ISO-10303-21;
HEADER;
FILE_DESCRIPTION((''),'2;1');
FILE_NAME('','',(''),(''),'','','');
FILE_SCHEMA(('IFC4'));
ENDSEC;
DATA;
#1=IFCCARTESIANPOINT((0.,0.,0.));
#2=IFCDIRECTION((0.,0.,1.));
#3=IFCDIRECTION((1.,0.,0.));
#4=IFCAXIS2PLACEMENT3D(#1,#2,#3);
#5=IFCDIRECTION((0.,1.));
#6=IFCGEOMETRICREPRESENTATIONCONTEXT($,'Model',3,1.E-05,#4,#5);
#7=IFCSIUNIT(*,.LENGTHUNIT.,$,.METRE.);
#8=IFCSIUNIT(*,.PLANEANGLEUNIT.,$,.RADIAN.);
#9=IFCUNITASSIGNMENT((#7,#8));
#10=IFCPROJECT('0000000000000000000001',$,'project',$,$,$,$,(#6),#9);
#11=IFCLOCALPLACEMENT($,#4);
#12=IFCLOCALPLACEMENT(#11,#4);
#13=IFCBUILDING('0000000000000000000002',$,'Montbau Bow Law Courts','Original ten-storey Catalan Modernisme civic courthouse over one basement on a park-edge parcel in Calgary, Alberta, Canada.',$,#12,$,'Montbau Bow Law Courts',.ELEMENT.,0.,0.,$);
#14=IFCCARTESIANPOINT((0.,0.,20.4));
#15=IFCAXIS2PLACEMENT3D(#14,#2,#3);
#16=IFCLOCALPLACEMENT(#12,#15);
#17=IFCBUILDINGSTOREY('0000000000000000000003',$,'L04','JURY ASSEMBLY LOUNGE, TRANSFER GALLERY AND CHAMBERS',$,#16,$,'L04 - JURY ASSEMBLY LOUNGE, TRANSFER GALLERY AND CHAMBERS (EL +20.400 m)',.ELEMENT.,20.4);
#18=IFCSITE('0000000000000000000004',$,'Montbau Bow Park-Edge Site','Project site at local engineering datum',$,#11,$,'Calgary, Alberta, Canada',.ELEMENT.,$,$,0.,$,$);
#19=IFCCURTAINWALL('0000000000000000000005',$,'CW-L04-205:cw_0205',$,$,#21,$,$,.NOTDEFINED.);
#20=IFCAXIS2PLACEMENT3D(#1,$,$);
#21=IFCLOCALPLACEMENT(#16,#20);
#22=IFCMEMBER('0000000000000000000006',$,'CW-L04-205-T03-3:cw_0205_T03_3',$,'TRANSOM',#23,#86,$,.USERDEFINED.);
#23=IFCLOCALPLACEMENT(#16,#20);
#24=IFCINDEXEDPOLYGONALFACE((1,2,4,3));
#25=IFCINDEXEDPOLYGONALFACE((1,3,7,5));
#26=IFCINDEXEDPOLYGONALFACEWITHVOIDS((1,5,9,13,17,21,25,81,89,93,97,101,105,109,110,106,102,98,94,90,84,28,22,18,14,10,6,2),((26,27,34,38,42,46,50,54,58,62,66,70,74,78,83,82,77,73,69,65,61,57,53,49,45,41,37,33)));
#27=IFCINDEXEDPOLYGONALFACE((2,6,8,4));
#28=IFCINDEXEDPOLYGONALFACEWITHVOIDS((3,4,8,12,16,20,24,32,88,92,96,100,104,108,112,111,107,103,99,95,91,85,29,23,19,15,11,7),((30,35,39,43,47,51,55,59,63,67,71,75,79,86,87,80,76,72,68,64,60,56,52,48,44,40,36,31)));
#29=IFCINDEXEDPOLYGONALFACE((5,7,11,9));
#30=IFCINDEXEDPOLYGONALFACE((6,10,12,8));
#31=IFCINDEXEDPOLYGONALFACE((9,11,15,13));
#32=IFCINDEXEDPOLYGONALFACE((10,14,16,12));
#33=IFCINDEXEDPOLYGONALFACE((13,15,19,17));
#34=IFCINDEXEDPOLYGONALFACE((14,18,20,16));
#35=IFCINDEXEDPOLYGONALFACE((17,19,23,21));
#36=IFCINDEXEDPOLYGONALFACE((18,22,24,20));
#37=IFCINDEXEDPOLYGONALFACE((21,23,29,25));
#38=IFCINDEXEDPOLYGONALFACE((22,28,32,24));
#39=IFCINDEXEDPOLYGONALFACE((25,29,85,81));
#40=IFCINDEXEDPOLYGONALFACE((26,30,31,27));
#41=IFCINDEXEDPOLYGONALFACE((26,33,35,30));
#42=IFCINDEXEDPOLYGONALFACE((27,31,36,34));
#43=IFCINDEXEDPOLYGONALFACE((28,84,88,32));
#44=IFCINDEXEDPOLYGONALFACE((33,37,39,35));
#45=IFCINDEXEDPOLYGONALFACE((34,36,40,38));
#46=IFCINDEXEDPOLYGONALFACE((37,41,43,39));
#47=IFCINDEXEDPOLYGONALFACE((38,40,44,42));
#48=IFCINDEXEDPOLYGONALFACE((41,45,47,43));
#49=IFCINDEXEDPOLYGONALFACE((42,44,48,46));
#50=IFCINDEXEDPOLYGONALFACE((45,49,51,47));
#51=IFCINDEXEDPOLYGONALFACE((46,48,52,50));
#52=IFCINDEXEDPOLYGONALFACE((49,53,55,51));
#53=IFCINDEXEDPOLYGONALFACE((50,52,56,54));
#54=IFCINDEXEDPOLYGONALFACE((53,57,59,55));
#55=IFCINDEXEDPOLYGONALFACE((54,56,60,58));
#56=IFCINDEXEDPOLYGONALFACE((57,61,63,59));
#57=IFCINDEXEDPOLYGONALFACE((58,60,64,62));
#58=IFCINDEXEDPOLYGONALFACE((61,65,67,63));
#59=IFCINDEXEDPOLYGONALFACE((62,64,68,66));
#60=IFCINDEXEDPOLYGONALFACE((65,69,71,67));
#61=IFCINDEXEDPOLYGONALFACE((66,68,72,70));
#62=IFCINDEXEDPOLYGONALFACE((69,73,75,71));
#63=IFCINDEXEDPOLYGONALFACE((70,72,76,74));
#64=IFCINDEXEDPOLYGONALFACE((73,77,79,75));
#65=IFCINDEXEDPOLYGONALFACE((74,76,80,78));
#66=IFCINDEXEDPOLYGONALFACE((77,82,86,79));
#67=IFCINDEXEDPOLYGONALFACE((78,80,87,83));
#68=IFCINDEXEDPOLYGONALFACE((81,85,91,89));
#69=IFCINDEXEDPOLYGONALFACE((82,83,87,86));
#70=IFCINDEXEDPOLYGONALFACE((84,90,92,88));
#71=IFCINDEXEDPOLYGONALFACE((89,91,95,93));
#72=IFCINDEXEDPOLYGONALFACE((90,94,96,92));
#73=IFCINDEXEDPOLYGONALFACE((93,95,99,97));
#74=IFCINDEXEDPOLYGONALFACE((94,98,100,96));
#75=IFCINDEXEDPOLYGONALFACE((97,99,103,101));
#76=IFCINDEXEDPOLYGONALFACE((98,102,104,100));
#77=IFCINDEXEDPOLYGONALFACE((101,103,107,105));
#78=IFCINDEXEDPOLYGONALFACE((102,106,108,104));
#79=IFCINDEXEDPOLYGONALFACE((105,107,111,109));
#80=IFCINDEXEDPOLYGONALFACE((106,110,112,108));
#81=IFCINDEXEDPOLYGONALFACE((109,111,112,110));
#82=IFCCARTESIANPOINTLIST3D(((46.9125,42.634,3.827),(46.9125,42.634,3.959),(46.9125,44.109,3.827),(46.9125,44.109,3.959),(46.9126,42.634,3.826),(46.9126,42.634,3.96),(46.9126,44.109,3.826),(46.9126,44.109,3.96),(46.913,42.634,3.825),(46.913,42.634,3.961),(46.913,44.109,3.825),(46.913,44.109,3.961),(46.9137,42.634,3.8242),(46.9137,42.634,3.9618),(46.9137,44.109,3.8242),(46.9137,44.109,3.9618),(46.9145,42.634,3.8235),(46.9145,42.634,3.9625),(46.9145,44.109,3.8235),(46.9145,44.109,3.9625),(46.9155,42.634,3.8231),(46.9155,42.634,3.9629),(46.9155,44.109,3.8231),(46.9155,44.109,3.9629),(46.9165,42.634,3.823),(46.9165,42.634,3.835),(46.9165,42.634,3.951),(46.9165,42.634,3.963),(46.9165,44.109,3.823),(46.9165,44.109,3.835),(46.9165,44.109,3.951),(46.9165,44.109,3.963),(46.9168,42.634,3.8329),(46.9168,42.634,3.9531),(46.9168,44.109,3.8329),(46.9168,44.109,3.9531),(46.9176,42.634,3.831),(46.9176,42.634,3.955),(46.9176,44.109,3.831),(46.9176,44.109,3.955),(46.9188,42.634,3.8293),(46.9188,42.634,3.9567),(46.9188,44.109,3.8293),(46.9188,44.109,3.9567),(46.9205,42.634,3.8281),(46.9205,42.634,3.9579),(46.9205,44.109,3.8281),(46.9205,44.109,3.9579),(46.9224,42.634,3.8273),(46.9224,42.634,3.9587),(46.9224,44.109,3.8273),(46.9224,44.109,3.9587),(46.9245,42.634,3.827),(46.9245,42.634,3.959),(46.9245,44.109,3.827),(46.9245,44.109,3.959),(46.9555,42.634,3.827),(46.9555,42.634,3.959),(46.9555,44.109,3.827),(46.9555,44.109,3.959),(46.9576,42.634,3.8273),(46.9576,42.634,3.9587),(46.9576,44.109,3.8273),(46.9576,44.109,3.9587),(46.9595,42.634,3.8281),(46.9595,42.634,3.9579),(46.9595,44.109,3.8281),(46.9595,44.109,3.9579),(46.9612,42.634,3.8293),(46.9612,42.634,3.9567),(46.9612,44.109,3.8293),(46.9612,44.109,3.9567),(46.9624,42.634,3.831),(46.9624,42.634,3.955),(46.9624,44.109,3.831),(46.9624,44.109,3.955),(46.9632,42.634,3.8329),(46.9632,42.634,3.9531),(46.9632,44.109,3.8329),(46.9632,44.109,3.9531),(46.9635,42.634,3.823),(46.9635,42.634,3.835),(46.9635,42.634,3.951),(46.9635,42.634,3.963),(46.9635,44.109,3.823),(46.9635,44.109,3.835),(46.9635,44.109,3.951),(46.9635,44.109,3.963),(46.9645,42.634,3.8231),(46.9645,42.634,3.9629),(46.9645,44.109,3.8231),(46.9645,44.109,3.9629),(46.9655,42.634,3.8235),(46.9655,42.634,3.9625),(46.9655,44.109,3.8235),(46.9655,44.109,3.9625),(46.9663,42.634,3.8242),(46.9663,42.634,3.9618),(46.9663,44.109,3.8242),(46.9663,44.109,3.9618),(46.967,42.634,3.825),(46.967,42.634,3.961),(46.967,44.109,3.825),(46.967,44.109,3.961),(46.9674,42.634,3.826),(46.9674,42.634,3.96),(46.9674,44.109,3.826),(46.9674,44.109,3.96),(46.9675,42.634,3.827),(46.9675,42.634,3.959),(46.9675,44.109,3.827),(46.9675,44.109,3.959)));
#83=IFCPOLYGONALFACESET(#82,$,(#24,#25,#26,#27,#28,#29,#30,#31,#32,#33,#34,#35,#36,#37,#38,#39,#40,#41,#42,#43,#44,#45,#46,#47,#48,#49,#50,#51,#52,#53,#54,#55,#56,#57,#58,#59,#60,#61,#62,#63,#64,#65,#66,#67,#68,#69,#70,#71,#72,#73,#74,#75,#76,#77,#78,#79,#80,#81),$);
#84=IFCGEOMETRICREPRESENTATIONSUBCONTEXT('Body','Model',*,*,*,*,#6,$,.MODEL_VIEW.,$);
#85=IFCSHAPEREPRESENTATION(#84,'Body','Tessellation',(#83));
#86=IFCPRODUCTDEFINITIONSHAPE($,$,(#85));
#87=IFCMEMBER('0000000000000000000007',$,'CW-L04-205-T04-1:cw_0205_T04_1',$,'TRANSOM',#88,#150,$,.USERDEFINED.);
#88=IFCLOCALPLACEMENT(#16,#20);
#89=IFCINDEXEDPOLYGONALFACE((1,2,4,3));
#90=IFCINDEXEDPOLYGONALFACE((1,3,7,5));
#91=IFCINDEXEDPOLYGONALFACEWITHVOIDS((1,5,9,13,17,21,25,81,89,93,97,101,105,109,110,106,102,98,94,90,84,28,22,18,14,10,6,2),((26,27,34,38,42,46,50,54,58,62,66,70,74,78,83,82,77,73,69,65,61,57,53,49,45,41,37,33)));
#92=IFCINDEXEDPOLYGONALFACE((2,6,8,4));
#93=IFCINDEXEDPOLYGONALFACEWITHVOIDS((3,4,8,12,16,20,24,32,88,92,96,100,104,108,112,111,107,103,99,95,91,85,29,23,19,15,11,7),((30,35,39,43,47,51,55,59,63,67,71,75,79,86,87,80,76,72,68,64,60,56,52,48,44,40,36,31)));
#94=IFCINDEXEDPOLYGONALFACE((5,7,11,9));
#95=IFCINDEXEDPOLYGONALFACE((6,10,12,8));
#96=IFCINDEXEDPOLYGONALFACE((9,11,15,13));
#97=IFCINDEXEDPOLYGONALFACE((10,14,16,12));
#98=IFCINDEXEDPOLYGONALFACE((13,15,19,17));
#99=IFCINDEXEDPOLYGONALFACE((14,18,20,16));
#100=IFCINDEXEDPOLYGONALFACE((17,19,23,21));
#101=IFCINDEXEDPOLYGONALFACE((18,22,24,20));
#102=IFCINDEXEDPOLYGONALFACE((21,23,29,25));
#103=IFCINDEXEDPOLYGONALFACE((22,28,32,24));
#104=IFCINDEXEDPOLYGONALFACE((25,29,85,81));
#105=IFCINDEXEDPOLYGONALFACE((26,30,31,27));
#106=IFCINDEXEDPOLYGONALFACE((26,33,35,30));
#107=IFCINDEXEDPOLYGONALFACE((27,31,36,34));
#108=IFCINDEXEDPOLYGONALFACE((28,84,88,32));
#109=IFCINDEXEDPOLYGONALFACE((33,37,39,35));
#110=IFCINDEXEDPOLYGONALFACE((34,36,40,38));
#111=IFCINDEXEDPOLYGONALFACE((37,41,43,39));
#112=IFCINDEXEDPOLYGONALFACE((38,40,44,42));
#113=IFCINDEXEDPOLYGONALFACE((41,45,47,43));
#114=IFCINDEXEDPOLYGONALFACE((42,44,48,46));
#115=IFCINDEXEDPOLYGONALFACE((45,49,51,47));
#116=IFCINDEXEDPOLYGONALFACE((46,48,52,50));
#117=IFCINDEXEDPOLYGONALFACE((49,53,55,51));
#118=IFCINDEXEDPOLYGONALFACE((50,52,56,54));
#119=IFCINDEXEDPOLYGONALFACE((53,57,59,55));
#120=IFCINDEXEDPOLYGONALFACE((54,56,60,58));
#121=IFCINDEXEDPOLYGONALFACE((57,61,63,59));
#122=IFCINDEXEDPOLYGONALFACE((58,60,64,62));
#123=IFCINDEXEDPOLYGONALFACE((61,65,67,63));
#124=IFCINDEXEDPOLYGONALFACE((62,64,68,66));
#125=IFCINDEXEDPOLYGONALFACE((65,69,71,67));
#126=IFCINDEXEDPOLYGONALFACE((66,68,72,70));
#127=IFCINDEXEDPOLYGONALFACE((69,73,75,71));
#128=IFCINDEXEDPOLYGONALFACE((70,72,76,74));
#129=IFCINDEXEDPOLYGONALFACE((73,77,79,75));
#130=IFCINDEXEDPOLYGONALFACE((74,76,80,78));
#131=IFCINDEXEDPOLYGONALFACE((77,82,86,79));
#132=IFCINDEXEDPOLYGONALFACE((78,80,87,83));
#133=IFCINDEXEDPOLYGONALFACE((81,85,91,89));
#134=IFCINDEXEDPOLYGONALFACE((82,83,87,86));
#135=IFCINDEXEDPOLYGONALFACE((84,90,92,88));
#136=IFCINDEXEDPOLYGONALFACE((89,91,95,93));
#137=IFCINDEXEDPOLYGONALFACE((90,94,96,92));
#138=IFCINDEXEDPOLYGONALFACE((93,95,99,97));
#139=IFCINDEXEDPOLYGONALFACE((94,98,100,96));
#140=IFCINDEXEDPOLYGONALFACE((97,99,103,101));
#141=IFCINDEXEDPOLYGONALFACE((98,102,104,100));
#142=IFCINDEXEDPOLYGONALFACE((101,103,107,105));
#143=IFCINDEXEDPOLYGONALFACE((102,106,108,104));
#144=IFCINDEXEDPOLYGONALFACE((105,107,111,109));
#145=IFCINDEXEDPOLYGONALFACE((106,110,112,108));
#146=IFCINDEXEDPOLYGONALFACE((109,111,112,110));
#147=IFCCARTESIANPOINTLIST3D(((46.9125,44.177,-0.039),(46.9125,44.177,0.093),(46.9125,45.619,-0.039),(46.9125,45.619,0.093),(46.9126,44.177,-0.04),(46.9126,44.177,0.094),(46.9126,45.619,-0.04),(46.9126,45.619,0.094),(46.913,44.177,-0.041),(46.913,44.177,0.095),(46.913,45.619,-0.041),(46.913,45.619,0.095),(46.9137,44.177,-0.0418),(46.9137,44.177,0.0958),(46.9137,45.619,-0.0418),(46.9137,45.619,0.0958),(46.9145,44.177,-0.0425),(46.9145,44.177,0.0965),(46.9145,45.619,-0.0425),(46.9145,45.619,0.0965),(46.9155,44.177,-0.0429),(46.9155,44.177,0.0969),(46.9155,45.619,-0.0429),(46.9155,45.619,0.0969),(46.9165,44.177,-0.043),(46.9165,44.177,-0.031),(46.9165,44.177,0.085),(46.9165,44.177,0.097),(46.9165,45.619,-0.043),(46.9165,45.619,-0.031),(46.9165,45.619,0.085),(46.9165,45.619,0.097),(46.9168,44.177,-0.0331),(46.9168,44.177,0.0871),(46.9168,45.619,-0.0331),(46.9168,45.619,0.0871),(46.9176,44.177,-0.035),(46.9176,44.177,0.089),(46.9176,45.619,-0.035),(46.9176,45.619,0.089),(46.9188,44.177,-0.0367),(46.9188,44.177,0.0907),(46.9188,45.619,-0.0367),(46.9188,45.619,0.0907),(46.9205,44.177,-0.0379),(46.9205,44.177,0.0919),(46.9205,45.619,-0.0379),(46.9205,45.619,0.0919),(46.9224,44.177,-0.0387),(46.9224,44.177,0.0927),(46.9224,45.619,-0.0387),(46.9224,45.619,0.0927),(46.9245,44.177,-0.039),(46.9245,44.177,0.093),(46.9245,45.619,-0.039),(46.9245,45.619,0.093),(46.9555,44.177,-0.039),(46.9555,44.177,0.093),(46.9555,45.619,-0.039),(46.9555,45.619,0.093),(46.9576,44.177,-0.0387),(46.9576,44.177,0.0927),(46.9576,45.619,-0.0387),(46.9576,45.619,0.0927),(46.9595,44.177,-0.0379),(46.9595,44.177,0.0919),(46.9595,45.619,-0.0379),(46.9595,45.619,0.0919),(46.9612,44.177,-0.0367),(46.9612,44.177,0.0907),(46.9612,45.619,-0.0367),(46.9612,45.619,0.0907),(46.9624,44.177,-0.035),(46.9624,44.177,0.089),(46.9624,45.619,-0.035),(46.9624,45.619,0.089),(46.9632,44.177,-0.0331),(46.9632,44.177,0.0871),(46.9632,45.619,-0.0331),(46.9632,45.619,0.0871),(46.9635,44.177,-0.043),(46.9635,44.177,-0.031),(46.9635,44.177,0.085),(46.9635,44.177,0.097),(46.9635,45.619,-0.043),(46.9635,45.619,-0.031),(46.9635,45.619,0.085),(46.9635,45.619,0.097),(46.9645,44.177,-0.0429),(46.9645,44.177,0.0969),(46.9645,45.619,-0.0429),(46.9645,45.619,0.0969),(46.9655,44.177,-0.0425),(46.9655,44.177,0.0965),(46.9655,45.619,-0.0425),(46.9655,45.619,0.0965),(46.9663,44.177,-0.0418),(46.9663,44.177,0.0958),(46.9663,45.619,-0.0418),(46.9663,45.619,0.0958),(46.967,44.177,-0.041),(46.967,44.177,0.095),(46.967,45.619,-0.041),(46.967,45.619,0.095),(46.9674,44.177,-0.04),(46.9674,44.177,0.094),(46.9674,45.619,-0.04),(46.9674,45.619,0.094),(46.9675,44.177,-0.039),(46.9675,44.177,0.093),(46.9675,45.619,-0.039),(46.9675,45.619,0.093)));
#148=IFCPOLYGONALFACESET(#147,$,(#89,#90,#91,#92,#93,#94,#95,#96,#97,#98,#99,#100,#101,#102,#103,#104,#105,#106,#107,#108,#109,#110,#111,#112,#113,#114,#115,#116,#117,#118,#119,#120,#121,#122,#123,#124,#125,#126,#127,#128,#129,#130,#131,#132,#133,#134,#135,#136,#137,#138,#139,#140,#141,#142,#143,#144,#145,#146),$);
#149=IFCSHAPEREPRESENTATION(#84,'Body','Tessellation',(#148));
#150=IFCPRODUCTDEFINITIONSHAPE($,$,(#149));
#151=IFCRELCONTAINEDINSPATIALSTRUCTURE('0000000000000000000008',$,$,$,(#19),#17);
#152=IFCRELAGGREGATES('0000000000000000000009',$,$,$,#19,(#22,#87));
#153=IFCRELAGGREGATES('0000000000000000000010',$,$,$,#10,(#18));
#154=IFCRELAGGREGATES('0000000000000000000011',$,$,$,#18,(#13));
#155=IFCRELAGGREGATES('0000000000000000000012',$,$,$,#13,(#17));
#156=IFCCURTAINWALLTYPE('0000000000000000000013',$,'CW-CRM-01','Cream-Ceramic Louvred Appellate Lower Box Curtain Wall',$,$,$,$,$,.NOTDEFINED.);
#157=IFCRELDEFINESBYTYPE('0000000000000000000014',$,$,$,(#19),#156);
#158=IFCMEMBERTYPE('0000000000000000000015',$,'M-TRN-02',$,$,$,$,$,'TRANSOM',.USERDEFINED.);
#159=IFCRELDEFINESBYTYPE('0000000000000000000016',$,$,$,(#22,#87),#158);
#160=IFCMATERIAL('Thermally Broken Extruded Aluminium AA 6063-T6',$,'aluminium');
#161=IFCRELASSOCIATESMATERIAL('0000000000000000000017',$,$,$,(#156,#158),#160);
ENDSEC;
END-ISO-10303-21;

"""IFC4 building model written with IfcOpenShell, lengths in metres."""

from ifc_helpers import new_model, si_unit, direction, frame, origin_with_axes, origin_2d_with_axis, place, context, subcontext, project, spatial, hollow_rectangle, extrude, material, material_profile, profile_set, type_object, element, aggregate, save


model = new_model("IFC4")

# Units and contexts
model_context = context("Model", 3, precision=1e-05, world=origin_with_axes(), true_north=direction((0.0, 1.0)))
body_context = subcontext(model_context, "Body", "Model", "MODEL_VIEW")
ifc_project = project(units=[si_unit("LENGTHUNIT", "METRE"), si_unit("PLANEANGLEUNIT", "RADIAN")], contexts=[model_context])

# Site, building, storey
site_placement = place(None, origin_with_axes())
site = spatial("IfcSite", under=ifc_project, at=site_placement, Name="Montbau Bow Park-Edge Site", Description="Project site at local engineering datum", LongName="Calgary, Alberta, Canada", CompositionType="ELEMENT", RefElevation=0.0)
building_placement = place(site_placement, origin_with_axes())
building = spatial("IfcBuilding", under=site, at=building_placement, Name="Montbau Bow Law Courts", Description="Original ten-storey Catalan Modernisme civic courthouse over one basement on a park-edge parcel in Calgary, Alberta, Canada.", LongName="Montbau Bow Law Courts", CompositionType="ELEMENT", ElevationOfRefHeight=0.0, ElevationOfTerrain=0.0)
storey_placement = place(building_placement, frame((0.0, 0.0, 20.4), z_axis=(0.0, 0.0, 1.0), x_axis=(1.0, 0.0, 0.0)))
storey = spatial("IfcBuildingStorey", under=building, at=storey_placement, Name="L04", Description="JURY ASSEMBLY LOUNGE, TRANSFER GALLERY AND CHAMBERS", LongName="L04 - JURY ASSEMBLY LOUNGE, TRANSFER GALLERY AND CHAMBERS (EL +20.400 m)", CompositionType="ELEMENT", Elevation=20.4)

# Curtain wall
ifc_material_1 = material(Name="Thermally Broken Extruded Aluminium AA 6063-T6", Category="aluminium")
curtain_wall_type = type_object("IfcCurtainWallType", Name="CW-CRM-01", Description="Cream-Ceramic Louvred Appellate Lower Box Curtain Wall", PredefinedType="NOTDEFINED", material=ifc_material_1)
curtain_wall_1_placement = place(None, frame((46.94, 39.515, 20.4), z_axis=(0.0, 0.0, 1.0), x_axis=(1.0, 0.0, 0.0)))
curtain_wall_1 = element("IfcCurtainWall", 1, at=curtain_wall_1_placement, inside=storey, type_object=curtain_wall_type, Name="CW-L04-205:cw_0205", PredefinedType="NOTDEFINED")

# Members
ifc_material_profile_1 = material_profile(ifc_material_1, hollow_rectangle(XDim=0.055, YDim=0.14, WallThickness=0.004, InnerFilletRadius=0.008, OuterFilletRadius=0.004, at=origin_2d_with_axis()), Name="CWT-140X55", Category="Main", Priority=0)
ifc_profile_set_1 = profile_set([ifc_material_profile_1], Name="Thermally Broken Extruded Aluminium AA 6063-T6")
member_type_1 = type_object("IfcMemberType", Name="M-TRN-02", ElementType="TRANSOM", PredefinedType="USERDEFINED", material=ifc_profile_set_1)
member_1_placement = place(None, frame((46.94, 42.634, 24.293), z_axis=(0.0, 1.0, 0.0), x_axis=(-1.0, 0.0, 0.0)))
member_1 = element("IfcMember", 2, at=member_1_placement, type_object=member_type_1, Name="CW-L04-205-T03-3:cw_0205_T03_3", ObjectType="TRANSOM", PredefinedType="USERDEFINED", context=body_context, shape_type="SweptSolid", body=[
    extrude(hollow_rectangle(XDim=0.055, YDim=0.14, WallThickness=0.004, InnerFilletRadius=0.008, OuterFilletRadius=0.004, at=origin_2d_with_axis()), origin_with_axes(), (0.0, 0.0, 1.0), 1.475),
])
member_2_placement = place(None, frame((46.94, 44.177, 20.427), z_axis=(0.0, 1.0, 0.0), x_axis=(-1.0, 0.0, 0.0)))
member_2 = element("IfcMember", 3, at=member_2_placement, type_object=member_type_1, Name="CW-L04-205-T04-1:cw_0205_T04_1", ObjectType="TRANSOM", PredefinedType="USERDEFINED", context=body_context, shape_type="SweptSolid", body=[
    extrude(hollow_rectangle(XDim=0.055, YDim=0.14, WallThickness=0.004, InnerFilletRadius=0.008, OuterFilletRadius=0.004, at=origin_2d_with_axis()), origin_with_axes(), (0.0, 0.0, 1.0), 1.442),
])

aggregate(curtain_wall_1, [member_1, member_2])

save(model, "model.ifc")
